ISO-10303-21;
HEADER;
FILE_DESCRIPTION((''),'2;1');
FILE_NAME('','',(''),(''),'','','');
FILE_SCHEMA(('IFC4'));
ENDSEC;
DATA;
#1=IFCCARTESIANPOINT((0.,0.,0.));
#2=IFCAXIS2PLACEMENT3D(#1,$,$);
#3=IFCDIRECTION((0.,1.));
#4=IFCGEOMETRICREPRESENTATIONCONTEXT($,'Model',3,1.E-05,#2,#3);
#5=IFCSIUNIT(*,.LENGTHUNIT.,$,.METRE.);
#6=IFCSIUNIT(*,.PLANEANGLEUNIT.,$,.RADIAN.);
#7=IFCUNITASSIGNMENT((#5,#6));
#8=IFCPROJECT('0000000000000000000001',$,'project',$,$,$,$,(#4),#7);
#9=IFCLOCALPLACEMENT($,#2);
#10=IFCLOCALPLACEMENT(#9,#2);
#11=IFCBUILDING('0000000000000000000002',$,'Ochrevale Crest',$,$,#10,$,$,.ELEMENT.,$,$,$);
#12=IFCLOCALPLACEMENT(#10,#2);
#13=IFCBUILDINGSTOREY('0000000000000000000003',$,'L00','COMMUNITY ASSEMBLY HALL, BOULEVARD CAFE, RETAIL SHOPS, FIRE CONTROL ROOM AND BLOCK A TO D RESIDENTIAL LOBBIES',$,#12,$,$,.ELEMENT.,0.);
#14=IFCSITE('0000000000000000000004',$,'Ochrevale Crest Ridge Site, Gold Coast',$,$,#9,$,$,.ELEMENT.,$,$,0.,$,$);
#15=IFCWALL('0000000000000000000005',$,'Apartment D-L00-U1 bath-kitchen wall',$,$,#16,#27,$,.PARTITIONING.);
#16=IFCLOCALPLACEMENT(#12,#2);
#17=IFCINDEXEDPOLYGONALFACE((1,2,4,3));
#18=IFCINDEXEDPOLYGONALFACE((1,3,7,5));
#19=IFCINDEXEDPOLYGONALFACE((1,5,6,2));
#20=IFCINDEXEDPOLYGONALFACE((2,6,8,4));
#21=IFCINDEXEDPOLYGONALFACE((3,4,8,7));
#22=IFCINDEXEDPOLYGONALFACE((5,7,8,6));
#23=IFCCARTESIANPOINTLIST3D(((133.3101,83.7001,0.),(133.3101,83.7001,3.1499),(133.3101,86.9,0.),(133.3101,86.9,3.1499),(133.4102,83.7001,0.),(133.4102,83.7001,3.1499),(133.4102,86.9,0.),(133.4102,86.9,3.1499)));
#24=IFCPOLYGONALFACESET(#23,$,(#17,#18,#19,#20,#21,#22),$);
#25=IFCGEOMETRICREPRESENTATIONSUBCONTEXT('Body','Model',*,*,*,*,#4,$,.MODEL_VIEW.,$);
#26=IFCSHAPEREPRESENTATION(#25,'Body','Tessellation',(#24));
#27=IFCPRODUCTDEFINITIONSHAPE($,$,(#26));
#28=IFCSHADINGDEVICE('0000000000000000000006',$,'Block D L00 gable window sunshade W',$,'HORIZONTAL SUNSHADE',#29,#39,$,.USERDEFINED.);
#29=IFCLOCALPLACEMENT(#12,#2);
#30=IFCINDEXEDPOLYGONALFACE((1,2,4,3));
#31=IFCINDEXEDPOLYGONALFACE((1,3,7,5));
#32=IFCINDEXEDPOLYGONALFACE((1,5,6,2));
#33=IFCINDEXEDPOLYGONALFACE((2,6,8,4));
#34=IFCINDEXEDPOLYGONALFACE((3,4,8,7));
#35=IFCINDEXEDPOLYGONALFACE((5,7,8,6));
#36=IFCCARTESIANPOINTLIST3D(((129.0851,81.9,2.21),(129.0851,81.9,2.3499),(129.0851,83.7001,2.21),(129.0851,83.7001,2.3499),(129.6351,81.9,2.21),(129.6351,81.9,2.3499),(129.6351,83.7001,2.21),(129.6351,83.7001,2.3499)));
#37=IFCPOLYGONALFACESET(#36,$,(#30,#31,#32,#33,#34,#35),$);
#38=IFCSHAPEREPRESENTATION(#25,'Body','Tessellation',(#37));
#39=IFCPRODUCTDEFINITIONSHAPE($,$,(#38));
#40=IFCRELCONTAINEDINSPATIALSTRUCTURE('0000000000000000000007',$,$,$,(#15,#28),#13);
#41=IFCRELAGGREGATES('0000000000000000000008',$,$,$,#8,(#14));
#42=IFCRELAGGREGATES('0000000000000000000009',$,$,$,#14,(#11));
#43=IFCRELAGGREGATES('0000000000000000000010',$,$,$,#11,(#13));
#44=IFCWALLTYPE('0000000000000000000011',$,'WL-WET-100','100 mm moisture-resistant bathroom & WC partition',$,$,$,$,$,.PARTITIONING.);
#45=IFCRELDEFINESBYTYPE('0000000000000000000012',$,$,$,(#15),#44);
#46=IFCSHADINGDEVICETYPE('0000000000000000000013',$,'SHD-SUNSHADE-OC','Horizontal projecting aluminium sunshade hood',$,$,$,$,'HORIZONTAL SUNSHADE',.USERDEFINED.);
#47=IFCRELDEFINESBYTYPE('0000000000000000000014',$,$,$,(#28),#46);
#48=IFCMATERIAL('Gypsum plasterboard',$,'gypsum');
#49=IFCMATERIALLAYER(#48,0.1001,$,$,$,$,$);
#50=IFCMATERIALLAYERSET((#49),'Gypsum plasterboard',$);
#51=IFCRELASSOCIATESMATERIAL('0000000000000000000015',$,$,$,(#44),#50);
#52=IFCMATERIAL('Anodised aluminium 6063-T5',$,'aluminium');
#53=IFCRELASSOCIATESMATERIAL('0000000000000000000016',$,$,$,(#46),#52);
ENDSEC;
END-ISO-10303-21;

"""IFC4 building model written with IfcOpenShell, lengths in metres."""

from ifc_helpers import new_model, si_unit, direction, frame, frame_2d, origin, origin_2d, place, context, subcontext, project, spatial, rectangle, extrude, material, layer, layer_set, type_object, element, save


model = new_model("IFC4")

# Units and contexts
model_context = context("Model", 3, precision=1e-05, world=origin(), true_north=direction((0.0, 1.0)))
body_context = subcontext(model_context, "Body", "Model", "MODEL_VIEW")
ifc_project = project(units=[si_unit("LENGTHUNIT", "METRE"), si_unit("PLANEANGLEUNIT", "RADIAN")], contexts=[model_context])

# Site, building, storey
site_placement = place(None, origin())
site = spatial("IfcSite", under=ifc_project, at=site_placement, Name="Ochrevale Crest Ridge Site, Gold Coast", CompositionType="ELEMENT", RefElevation=0.0)
building_placement = place(site_placement, origin())
building = spatial("IfcBuilding", under=site, at=building_placement, Name="Ochrevale Crest", CompositionType="ELEMENT")
storey_placement = place(building_placement, origin())
storey = spatial("IfcBuildingStorey", under=building, at=storey_placement, Name="L00", Description="COMMUNITY ASSEMBLY HALL, BOULEVARD CAFE, RETAIL SHOPS, FIRE CONTROL ROOM AND BLOCK A TO D RESIDENTIAL LOBBIES", CompositionType="ELEMENT", Elevation=0.0)

# Shared definitions
ifc_material_1 = material(Name="Gypsum plasterboard", Category="gypsum")

# Wall
ifc_layer_1 = layer(ifc_material_1, 0.1001)
ifc_layer_set_1 = layer_set([ifc_layer_1], Name="Gypsum plasterboard")
wall_type_1 = type_object("IfcWallType", Name="WL-WET-100", Description="100 mm moisture-resistant bathroom & WC partition", PredefinedType="PARTITIONING", material=ifc_layer_set_1)
wall_1_placement = place(storey_placement, frame((133.3601, 83.7, 0.0), z_axis=(0.0, 0.0, 1.0), x_axis=(0.0, 1.0, 0.0)))
element("IfcWall", 1, at=wall_1_placement, inside=storey, type_object=wall_type_1, Name="Apartment D-L00-U1 bath-kitchen wall", PredefinedType="PARTITIONING", context=body_context, shape_type="SweptSolid", body=[
    extrude(rectangle(XDim=3.2, YDim=0.1001, at=frame_2d((1.6001, 0.0))), origin(), (0.0, 0.0, 1.0), 3.1499),
])

# Shading device
ifc_material_2 = material(Name="Anodised aluminium 6063-T5", Category="aluminium")
shading_device_type = type_object("IfcShadingDeviceType", Name="SHD-SUNSHADE-OC", Description="Horizontal projecting aluminium sunshade hood", ElementType="HORIZONTAL SUNSHADE", PredefinedType="USERDEFINED", material=ifc_material_2)
shading_device_placement = place(storey_placement, frame((129.3601, 82.8, 2.21), z_axis=(0.0, 0.0, 1.0), x_axis=(1.0, 0.0, 0.0)))
element("IfcShadingDevice", 2, at=shading_device_placement, inside=storey, type_object=shading_device_type, Name="Block D L00 gable window sunshade W", ObjectType="HORIZONTAL SUNSHADE", PredefinedType="USERDEFINED", context=body_context, shape_type="SweptSolid", body=[
    extrude(rectangle(XDim=0.55, YDim=1.8, at=origin_2d()), origin(), (0.0, 0.0, 1.0), 0.1399),
])

save(model, "model.ifc")
